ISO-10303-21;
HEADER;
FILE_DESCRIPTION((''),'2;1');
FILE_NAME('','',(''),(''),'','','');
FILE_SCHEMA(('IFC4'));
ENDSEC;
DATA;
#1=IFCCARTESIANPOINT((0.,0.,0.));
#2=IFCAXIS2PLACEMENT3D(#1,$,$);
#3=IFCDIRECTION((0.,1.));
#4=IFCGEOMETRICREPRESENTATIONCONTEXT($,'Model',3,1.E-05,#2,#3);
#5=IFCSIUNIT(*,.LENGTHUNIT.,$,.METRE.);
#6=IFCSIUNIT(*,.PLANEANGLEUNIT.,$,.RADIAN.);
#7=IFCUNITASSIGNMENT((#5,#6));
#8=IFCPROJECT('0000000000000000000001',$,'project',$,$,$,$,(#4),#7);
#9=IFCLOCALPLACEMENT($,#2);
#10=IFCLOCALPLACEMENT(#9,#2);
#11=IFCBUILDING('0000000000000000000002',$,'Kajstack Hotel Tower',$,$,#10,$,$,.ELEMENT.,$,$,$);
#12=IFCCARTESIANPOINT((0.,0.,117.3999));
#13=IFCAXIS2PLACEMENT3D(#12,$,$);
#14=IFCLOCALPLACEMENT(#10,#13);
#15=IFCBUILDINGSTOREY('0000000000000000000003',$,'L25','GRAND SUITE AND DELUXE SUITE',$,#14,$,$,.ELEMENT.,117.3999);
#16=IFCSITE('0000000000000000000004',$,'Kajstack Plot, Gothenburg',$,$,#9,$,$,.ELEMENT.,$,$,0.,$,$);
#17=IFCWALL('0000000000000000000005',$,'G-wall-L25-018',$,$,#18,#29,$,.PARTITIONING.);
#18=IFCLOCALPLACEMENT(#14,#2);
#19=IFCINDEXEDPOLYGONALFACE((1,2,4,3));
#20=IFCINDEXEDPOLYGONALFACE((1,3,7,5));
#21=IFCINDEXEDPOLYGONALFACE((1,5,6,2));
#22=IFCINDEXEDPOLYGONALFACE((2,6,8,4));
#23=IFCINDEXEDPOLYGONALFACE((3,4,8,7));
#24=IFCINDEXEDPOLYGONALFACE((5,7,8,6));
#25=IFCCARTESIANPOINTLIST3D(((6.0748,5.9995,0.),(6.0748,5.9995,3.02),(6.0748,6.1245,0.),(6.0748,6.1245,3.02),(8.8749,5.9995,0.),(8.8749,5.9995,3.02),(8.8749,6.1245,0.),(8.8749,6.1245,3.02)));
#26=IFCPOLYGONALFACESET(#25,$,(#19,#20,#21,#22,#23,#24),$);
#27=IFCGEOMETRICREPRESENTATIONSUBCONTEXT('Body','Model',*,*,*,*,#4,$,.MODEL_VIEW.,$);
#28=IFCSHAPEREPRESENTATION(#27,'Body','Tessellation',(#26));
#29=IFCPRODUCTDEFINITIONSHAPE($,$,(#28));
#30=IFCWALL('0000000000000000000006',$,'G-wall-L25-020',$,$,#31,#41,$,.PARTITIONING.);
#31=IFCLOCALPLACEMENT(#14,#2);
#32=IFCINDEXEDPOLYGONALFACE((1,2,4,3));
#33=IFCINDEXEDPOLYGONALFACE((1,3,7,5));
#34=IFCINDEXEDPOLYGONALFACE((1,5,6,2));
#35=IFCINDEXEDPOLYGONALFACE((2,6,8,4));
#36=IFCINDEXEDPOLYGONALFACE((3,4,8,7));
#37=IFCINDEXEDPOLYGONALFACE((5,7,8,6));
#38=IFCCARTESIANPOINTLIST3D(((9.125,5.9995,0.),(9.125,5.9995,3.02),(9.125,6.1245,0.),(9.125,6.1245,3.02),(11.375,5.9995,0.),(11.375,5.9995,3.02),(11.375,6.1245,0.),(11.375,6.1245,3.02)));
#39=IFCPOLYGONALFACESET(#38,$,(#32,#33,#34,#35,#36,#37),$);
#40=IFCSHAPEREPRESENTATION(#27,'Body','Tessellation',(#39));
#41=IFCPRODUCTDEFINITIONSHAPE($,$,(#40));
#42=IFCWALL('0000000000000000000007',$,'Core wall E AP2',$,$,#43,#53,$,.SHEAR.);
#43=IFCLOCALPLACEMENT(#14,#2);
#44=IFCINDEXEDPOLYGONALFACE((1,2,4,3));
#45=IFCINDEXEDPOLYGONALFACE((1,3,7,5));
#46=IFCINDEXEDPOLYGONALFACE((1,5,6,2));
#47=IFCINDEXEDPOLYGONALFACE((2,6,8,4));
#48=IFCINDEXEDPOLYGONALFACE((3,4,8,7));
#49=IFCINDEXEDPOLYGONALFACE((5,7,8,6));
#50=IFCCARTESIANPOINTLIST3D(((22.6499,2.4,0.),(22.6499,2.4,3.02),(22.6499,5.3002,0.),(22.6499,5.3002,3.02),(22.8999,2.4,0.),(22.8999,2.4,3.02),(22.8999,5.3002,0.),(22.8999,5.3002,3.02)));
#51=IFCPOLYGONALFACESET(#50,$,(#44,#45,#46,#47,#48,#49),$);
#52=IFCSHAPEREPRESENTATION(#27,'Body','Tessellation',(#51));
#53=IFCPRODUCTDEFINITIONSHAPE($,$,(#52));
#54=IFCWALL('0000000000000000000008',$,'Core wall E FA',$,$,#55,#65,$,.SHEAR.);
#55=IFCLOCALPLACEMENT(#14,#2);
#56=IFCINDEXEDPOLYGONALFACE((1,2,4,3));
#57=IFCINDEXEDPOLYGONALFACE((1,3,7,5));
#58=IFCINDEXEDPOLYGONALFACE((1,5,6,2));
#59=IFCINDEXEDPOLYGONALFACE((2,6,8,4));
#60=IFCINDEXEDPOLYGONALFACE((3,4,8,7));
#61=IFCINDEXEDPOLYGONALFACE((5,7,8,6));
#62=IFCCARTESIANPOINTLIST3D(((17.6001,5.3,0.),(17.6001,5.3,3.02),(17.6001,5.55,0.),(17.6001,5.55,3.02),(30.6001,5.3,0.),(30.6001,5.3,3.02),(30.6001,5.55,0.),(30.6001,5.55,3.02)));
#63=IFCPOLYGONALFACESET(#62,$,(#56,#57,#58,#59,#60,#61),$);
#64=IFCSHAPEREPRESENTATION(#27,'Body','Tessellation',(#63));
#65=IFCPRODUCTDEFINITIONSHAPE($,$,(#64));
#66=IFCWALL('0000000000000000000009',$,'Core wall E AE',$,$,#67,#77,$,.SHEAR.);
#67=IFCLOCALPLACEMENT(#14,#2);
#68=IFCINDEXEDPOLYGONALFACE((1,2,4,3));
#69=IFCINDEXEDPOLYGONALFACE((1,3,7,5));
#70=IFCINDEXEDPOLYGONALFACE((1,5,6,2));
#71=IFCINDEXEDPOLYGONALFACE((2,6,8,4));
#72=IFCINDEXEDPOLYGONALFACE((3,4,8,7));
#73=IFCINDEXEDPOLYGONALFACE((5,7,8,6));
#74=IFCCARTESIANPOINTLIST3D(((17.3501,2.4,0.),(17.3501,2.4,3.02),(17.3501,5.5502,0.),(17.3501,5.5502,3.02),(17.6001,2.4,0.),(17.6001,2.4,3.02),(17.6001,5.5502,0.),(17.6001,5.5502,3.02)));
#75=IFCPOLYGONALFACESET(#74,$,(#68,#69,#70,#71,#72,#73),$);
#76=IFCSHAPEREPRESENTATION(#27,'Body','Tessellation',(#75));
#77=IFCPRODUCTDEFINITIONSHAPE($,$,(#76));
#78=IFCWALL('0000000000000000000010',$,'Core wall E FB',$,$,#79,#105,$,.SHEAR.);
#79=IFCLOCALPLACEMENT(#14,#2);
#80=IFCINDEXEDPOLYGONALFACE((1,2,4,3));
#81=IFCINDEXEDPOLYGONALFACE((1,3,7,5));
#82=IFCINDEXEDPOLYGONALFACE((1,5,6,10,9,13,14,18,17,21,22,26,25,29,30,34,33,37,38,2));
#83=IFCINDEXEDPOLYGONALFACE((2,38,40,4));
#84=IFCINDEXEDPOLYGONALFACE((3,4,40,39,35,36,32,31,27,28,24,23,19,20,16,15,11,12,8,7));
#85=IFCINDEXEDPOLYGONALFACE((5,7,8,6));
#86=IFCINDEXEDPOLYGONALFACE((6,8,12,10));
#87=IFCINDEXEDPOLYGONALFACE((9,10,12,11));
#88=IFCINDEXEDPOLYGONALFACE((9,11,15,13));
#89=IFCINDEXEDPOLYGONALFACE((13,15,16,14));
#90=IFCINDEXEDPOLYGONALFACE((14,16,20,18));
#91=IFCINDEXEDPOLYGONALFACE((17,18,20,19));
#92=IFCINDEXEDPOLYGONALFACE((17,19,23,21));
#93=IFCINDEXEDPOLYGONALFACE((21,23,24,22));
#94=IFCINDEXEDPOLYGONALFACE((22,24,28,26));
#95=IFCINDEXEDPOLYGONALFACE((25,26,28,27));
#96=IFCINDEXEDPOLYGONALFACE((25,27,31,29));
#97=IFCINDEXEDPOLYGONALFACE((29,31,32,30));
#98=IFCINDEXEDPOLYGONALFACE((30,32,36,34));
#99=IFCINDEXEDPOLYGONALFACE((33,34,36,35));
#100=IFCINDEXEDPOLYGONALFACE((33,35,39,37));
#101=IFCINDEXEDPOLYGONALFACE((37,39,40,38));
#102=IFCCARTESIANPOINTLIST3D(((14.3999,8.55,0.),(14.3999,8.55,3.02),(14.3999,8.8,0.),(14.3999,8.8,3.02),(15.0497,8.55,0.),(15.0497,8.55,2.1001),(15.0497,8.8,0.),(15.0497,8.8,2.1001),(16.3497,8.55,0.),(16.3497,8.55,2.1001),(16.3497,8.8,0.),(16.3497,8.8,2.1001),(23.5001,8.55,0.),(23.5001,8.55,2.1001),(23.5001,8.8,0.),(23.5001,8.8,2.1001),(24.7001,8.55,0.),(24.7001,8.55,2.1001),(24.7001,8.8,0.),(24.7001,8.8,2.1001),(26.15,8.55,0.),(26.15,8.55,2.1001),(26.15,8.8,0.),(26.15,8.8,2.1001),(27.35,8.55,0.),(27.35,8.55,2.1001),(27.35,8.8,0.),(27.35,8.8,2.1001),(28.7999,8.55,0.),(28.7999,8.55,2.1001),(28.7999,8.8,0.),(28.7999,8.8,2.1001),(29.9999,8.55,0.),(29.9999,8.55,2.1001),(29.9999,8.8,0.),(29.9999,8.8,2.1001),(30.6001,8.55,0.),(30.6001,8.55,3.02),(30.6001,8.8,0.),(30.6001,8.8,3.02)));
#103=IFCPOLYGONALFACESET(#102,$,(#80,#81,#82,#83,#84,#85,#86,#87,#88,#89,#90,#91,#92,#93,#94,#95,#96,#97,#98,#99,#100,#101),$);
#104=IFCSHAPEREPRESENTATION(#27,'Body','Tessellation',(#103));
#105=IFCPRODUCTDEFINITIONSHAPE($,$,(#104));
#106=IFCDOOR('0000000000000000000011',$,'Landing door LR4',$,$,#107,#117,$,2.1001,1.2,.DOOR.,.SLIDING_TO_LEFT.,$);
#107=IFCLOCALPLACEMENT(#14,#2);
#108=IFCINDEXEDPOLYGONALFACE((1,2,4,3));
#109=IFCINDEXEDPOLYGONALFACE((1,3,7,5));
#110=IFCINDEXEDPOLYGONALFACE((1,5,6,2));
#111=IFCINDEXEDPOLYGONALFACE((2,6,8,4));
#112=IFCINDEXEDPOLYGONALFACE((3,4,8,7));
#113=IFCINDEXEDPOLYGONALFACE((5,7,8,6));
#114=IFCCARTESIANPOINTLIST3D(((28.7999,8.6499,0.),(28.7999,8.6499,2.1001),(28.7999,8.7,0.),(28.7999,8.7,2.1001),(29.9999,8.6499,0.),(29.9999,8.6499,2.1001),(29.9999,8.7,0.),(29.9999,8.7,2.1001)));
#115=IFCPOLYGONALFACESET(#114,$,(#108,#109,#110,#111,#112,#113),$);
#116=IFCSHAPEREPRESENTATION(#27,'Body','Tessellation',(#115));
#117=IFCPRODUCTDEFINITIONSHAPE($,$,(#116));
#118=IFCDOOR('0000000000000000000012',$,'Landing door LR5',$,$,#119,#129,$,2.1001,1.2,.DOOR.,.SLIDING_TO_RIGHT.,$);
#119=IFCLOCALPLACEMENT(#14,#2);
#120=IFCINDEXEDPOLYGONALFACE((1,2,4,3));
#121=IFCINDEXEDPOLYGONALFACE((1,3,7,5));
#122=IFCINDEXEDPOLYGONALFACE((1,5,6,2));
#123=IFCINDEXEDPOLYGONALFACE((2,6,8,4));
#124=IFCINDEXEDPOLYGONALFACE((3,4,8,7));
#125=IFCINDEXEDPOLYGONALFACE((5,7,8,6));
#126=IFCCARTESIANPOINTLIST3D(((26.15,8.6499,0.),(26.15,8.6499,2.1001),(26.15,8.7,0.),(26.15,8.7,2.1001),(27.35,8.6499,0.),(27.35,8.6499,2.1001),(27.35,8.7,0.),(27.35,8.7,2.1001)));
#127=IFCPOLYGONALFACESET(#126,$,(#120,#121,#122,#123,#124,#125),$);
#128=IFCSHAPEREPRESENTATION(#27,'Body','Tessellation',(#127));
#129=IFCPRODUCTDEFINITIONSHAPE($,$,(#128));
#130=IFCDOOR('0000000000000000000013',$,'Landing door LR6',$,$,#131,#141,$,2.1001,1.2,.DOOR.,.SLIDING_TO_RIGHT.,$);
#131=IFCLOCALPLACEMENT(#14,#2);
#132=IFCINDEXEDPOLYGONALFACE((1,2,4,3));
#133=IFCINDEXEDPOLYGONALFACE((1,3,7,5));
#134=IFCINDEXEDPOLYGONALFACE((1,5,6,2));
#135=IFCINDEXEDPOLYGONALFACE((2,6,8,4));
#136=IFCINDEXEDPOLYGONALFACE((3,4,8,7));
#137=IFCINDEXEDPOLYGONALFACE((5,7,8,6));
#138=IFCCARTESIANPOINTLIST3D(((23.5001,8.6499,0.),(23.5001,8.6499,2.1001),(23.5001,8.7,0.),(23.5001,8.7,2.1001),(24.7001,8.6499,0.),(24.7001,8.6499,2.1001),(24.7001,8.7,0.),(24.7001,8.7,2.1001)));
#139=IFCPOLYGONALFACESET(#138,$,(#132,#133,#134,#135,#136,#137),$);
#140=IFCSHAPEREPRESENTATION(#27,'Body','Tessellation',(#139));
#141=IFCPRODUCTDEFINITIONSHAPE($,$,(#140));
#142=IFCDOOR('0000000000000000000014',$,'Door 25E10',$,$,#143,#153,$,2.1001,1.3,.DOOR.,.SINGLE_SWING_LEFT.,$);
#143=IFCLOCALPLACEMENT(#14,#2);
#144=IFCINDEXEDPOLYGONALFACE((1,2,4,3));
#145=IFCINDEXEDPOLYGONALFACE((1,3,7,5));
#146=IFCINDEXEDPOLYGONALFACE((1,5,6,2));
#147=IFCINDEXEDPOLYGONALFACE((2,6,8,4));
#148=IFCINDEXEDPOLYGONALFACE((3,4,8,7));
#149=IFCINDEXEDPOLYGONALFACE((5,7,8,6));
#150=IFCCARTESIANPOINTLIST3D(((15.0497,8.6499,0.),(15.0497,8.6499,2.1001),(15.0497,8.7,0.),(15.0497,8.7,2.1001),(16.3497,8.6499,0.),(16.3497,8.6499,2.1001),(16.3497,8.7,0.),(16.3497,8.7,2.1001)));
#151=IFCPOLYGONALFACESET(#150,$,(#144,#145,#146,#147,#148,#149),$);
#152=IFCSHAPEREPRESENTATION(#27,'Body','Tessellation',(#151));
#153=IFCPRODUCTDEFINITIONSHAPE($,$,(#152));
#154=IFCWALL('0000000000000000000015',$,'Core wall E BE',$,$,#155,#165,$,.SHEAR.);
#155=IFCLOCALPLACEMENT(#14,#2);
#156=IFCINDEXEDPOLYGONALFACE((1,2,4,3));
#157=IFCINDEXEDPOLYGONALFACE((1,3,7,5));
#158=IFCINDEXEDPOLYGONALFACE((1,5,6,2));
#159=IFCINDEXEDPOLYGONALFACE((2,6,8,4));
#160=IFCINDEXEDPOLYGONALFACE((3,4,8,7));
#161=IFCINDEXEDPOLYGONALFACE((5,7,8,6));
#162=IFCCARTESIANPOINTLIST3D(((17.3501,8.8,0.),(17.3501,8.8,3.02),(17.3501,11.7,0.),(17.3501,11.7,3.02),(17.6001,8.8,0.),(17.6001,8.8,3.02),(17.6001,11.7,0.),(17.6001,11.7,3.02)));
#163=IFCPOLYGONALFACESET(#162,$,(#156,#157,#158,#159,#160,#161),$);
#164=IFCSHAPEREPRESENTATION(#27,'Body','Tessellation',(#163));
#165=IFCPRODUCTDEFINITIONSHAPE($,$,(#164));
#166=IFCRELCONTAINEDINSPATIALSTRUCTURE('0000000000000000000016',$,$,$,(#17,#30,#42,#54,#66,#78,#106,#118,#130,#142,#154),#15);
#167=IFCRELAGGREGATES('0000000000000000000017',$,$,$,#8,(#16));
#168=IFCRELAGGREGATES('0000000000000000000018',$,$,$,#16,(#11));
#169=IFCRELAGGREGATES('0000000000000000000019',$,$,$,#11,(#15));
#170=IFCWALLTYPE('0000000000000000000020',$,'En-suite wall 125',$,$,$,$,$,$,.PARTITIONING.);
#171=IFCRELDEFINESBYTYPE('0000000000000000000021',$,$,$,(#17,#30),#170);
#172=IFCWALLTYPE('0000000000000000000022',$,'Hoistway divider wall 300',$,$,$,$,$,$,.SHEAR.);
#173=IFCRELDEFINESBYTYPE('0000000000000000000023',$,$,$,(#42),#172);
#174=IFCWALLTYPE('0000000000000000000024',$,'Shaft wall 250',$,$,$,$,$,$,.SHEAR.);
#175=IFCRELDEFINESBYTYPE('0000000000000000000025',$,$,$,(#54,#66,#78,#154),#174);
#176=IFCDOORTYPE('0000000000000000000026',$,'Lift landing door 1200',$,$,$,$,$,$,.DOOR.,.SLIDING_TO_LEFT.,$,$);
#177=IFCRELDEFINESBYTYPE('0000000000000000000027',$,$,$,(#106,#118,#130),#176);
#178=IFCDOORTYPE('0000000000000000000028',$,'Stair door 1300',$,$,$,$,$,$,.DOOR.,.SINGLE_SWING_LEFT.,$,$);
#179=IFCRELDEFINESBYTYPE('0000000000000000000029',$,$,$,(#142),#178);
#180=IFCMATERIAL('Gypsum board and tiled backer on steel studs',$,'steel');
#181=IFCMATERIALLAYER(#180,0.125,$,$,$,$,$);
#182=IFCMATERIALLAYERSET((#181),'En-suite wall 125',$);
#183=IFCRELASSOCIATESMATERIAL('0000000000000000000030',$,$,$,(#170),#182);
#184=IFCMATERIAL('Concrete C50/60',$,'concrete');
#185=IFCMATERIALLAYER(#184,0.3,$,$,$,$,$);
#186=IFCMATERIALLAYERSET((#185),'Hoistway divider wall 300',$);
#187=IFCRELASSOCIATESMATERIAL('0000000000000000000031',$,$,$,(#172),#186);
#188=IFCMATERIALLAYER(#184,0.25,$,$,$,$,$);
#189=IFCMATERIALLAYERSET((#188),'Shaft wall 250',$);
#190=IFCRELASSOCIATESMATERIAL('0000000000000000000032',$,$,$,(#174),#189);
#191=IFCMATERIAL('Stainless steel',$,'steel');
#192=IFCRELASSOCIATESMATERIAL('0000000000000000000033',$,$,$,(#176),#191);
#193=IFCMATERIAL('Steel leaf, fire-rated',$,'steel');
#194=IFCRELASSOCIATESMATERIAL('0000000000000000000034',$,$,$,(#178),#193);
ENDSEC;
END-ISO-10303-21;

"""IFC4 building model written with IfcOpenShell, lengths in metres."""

from ifc_helpers import new_model, si_unit, direction, frame, frame_2d, origin, place, context, subcontext, project, spatial, rectangle, extrude, material, layer, layer_set, type_object, element, fill, save


model = new_model("IFC4")

# Units and contexts
model_context = context("Model", 3, precision=1e-05, world=origin(), true_north=direction((0.0, 1.0)))
body_context = subcontext(model_context, "Body", "Model", "MODEL_VIEW")
ifc_project = project(units=[si_unit("LENGTHUNIT", "METRE"), si_unit("PLANEANGLEUNIT", "RADIAN")], contexts=[model_context])

# Site, building, storey
site_placement = place(None, origin())
site = spatial("IfcSite", under=ifc_project, at=site_placement, Name="Kajstack Plot, Gothenburg", CompositionType="ELEMENT", RefElevation=0.0)
building_placement = place(site_placement, origin())
building = spatial("IfcBuilding", under=site, at=building_placement, Name="Kajstack Hotel Tower", CompositionType="ELEMENT")
storey_placement = place(building_placement, frame((0.0, 0.0, 117.3999)))
storey = spatial("IfcBuildingStorey", under=building, at=storey_placement, Name="L25", Description="GRAND SUITE AND DELUXE SUITE", CompositionType="ELEMENT", Elevation=117.3999)

# Walls
ifc_material_1 = material(Name="Gypsum board and tiled backer on steel studs", Category="steel")
ifc_layer_1 = layer(ifc_material_1, 0.125)
ifc_layer_set_1 = layer_set([ifc_layer_1], Name="En-suite wall 125")
wall_type_1 = type_object("IfcWallType", Name="En-suite wall 125", PredefinedType="PARTITIONING", material=ifc_layer_set_1)
wall_1_placement = place(storey_placement, frame((6.075, 6.062, 0.0), z_axis=(0.0, 0.0, 1.0), x_axis=(1.0, 0.0, 0.0)))
element("IfcWall", 1, at=wall_1_placement, inside=storey, type_object=wall_type_1, Name="G-wall-L25-018", PredefinedType="PARTITIONING", context=body_context, shape_type="SweptSolid", body=[
    extrude(rectangle(XDim=2.8, YDim=0.125, at=frame_2d((1.3999, 0.0))), origin(), (0.0, 0.0, 1.0), 3.02),
])
wall_2_placement = place(storey_placement, frame((9.125, 6.062, 0.0), z_axis=(0.0, 0.0, 1.0), x_axis=(1.0, 0.0, 0.0)))
element("IfcWall", 2, at=wall_2_placement, inside=storey, type_object=wall_type_1, Name="G-wall-L25-020", PredefinedType="PARTITIONING", context=body_context, shape_type="SweptSolid", body=[
    extrude(rectangle(XDim=2.25, YDim=0.125, at=frame_2d((1.125, 0.0))), origin(), (0.0, 0.0, 1.0), 3.02),
])
ifc_material_2 = material(Name="Concrete C50/60", Category="concrete")
ifc_layer_2 = layer(ifc_material_2, 0.3)
ifc_layer_set_2 = layer_set([ifc_layer_2], Name="Hoistway divider wall 300")
wall_type_2 = type_object("IfcWallType", Name="Hoistway divider wall 300", PredefinedType="SHEAR", material=ifc_layer_set_2)
wall_3_placement = place(storey_placement, frame((22.7749, 2.3999, 0.0), z_axis=(0.0, 0.0, 1.0), x_axis=(0.0, 1.0, 0.0)))
element("IfcWall", 3, at=wall_3_placement, inside=storey, type_object=wall_type_2, Name="Core wall E AP2", PredefinedType="SHEAR", context=body_context, shape_type="SweptSolid", body=[
    extrude(rectangle(XDim=2.9001, YDim=0.25, at=frame_2d((1.4502, 0.0))), origin(), (0.0, 0.0, 1.0), 3.02),
])
ifc_layer_3 = layer(ifc_material_2, 0.25)
ifc_layer_set_3 = layer_set([ifc_layer_3], Name="Shaft wall 250")
wall_type_3 = type_object("IfcWallType", Name="Shaft wall 250", PredefinedType="SHEAR", material=ifc_layer_set_3)
wall_4_placement = place(storey_placement, frame((17.6001, 5.425, 0.0), z_axis=(0.0, 0.0, 1.0), x_axis=(1.0, 0.0, 0.0)))
element("IfcWall", 4, at=wall_4_placement, inside=storey, type_object=wall_type_3, Name="Core wall E FA", PredefinedType="SHEAR", context=body_context, shape_type="SweptSolid", body=[
    extrude(rectangle(XDim=13.0, YDim=0.25, at=frame_2d((6.5, 0.0))), origin(), (0.0, 0.0, 1.0), 3.02),
])
wall_5_placement = place(storey_placement, frame((17.4751, 2.3999, 0.0), z_axis=(0.0, 0.0, 1.0), x_axis=(0.0, 1.0, 0.0)))
element("IfcWall", 5, at=wall_5_placement, inside=storey, type_object=wall_type_3, Name="Core wall E AE", PredefinedType="SHEAR", context=body_context, shape_type="SweptSolid", body=[
    extrude(rectangle(XDim=3.1501, YDim=0.25, at=frame_2d((1.5752, 0.0))), origin(), (0.0, 0.0, 1.0), 3.02),
])

# Wall, openings, doors
wall_6_placement = place(storey_placement, frame((14.3999, 8.675, 0.0), z_axis=(0.0, 0.0, 1.0), x_axis=(1.0, 0.0, 0.0)))
wall_6 = element("IfcWall", 6, at=wall_6_placement, inside=storey, type_object=wall_type_3, Name="Core wall E FB", PredefinedType="SHEAR", context=body_context, shape_type="SweptSolid", body=[
    extrude(rectangle(XDim=16.2002, YDim=0.25, at=frame_2d((8.1001, 0.0))), origin(), (0.0, 0.0, 1.0), 3.02),
])
opening_1_placement = place(wall_6_placement, frame((14.3999, 0.0, 0.0)))
opening_1 = element("IfcOpeningElement", 7, at=opening_1_placement, cuts=wall_6, PredefinedType="OPENING", context=body_context, shape_type="SweptSolid", body=[
    extrude(rectangle(XDim=1.2, YDim=2.1001, at=frame_2d((0.6001, 1.05))), frame((0.0, 0.135, 0.0), z_axis=(0.0, -1.0, 0.0), x_axis=(1.0, 0.0, 0.0)), (0.0, 0.0, 1.0), 0.27),
])
opening_2_placement = place(wall_6_placement, frame((11.75, 0.0, 0.0)))
opening_2 = element("IfcOpeningElement", 8, at=opening_2_placement, cuts=wall_6, PredefinedType="OPENING", context=body_context, shape_type="SweptSolid", body=[
    extrude(rectangle(XDim=1.2, YDim=2.1001, at=frame_2d((0.6001, 1.05))), frame((0.0, 0.135, 0.0), z_axis=(0.0, -1.0, 0.0), x_axis=(1.0, 0.0, 0.0)), (0.0, 0.0, 1.0), 0.27),
])
opening_3_placement = place(wall_6_placement, frame((9.1001, 0.0, 0.0)))
opening_3 = element("IfcOpeningElement", 9, at=opening_3_placement, cuts=wall_6, PredefinedType="OPENING", context=body_context, shape_type="SweptSolid", body=[
    extrude(rectangle(XDim=1.2, YDim=2.1001, at=frame_2d((0.6001, 1.05))), frame((0.0, 0.135, 0.0), z_axis=(0.0, -1.0, 0.0), x_axis=(1.0, 0.0, 0.0)), (0.0, 0.0, 1.0), 0.27),
])
opening_4_placement = place(wall_6_placement, frame((0.6499, 0.0, 0.0)))
opening_4 = element("IfcOpeningElement", 10, at=opening_4_placement, cuts=wall_6, PredefinedType="OPENING", context=body_context, shape_type="SweptSolid", body=[
    extrude(rectangle(XDim=1.3, YDim=2.1001, at=frame_2d((0.6499, 1.05))), frame((0.0, 0.135, 0.0), z_axis=(0.0, -1.0, 0.0), x_axis=(1.0, 0.0, 0.0)), (0.0, 0.0, 1.0), 0.27),
])
ifc_material_3 = material(Name="Stainless steel", Category="steel")
door_type_1 = type_object("IfcDoorType", Name="Lift landing door 1200", OperationType="SLIDING_TO_LEFT", PredefinedType="DOOR", material=ifc_material_3)
door_1_placement = place(opening_1_placement, origin())
door_1 = element("IfcDoor", 11, at=door_1_placement, inside=storey, type_object=door_type_1, Name="Landing door LR4", OperationType="SLIDING_TO_LEFT", OverallHeight=2.1001, OverallWidth=1.2, PredefinedType="DOOR", context=body_context, shape_type="SweptSolid", body=[
    extrude(rectangle(XDim=1.2, YDim=2.1001, at=frame_2d((0.6001, 1.05))), frame((0.0, 0.0249, 0.0), z_axis=(0.0, -1.0, 0.0), x_axis=(1.0, 0.0, 0.0)), (0.0, 0.0, 1.0), 0.05),
])
fill(opening_1, door_1)
door_2_placement = place(opening_2_placement, origin())
door_2 = element("IfcDoor", 12, at=door_2_placement, inside=storey, type_object=door_type_1, Name="Landing door LR5", OperationType="SLIDING_TO_RIGHT", OverallHeight=2.1001, OverallWidth=1.2, PredefinedType="DOOR", context=body_context, shape_type="SweptSolid", body=[
    extrude(rectangle(XDim=1.2, YDim=2.1001, at=frame_2d((0.6001, 1.05))), frame((0.0, 0.0249, 0.0), z_axis=(0.0, -1.0, 0.0), x_axis=(1.0, 0.0, 0.0)), (0.0, 0.0, 1.0), 0.05),
])
fill(opening_2, door_2)
door_3_placement = place(opening_3_placement, origin())
door_3 = element("IfcDoor", 13, at=door_3_placement, inside=storey, type_object=door_type_1, Name="Landing door LR6", OperationType="SLIDING_TO_RIGHT", OverallHeight=2.1001, OverallWidth=1.2, PredefinedType="DOOR", context=body_context, shape_type="SweptSolid", body=[
    extrude(rectangle(XDim=1.2, YDim=2.1001, at=frame_2d((0.6001, 1.05))), frame((0.0, 0.0249, 0.0), z_axis=(0.0, -1.0, 0.0), x_axis=(1.0, 0.0, 0.0)), (0.0, 0.0, 1.0), 0.05),
])
fill(opening_3, door_3)
ifc_material_4 = material(Name="Steel leaf, fire-rated", Category="steel")
door_type_2 = type_object("IfcDoorType", Name="Stair door 1300", OperationType="SINGLE_SWING_LEFT", PredefinedType="DOOR", material=ifc_material_4)
door_4_placement = place(opening_4_placement, origin())
door_4 = element("IfcDoor", 14, at=door_4_placement, inside=storey, type_object=door_type_2, Name="Door 25E10", OperationType="SINGLE_SWING_LEFT", OverallHeight=2.1001, OverallWidth=1.3, PredefinedType="DOOR", context=body_context, shape_type="SweptSolid", body=[
    extrude(rectangle(XDim=1.3, YDim=2.1001, at=frame_2d((0.6499, 1.05))), frame((0.0, 0.0249, 0.0), z_axis=(0.0, -1.0, 0.0), x_axis=(1.0, 0.0, 0.0)), (0.0, 0.0, 1.0), 0.05),
])
fill(opening_4, door_4)

# Wall
wall_7_placement = place(storey_placement, frame((17.4751, 8.8, 0.0), z_axis=(0.0, 0.0, 1.0), x_axis=(0.0, 1.0, 0.0)))
element("IfcWall", 15, at=wall_7_placement, inside=storey, type_object=wall_type_3, Name="Core wall E BE", PredefinedType="SHEAR", context=body_context, shape_type="SweptSolid", body=[
    extrude(rectangle(XDim=2.8999, YDim=0.25, at=frame_2d((1.45, 0.0))), origin(), (0.0, 0.0, 1.0), 3.02),
])

save(model, "model.ifc")
